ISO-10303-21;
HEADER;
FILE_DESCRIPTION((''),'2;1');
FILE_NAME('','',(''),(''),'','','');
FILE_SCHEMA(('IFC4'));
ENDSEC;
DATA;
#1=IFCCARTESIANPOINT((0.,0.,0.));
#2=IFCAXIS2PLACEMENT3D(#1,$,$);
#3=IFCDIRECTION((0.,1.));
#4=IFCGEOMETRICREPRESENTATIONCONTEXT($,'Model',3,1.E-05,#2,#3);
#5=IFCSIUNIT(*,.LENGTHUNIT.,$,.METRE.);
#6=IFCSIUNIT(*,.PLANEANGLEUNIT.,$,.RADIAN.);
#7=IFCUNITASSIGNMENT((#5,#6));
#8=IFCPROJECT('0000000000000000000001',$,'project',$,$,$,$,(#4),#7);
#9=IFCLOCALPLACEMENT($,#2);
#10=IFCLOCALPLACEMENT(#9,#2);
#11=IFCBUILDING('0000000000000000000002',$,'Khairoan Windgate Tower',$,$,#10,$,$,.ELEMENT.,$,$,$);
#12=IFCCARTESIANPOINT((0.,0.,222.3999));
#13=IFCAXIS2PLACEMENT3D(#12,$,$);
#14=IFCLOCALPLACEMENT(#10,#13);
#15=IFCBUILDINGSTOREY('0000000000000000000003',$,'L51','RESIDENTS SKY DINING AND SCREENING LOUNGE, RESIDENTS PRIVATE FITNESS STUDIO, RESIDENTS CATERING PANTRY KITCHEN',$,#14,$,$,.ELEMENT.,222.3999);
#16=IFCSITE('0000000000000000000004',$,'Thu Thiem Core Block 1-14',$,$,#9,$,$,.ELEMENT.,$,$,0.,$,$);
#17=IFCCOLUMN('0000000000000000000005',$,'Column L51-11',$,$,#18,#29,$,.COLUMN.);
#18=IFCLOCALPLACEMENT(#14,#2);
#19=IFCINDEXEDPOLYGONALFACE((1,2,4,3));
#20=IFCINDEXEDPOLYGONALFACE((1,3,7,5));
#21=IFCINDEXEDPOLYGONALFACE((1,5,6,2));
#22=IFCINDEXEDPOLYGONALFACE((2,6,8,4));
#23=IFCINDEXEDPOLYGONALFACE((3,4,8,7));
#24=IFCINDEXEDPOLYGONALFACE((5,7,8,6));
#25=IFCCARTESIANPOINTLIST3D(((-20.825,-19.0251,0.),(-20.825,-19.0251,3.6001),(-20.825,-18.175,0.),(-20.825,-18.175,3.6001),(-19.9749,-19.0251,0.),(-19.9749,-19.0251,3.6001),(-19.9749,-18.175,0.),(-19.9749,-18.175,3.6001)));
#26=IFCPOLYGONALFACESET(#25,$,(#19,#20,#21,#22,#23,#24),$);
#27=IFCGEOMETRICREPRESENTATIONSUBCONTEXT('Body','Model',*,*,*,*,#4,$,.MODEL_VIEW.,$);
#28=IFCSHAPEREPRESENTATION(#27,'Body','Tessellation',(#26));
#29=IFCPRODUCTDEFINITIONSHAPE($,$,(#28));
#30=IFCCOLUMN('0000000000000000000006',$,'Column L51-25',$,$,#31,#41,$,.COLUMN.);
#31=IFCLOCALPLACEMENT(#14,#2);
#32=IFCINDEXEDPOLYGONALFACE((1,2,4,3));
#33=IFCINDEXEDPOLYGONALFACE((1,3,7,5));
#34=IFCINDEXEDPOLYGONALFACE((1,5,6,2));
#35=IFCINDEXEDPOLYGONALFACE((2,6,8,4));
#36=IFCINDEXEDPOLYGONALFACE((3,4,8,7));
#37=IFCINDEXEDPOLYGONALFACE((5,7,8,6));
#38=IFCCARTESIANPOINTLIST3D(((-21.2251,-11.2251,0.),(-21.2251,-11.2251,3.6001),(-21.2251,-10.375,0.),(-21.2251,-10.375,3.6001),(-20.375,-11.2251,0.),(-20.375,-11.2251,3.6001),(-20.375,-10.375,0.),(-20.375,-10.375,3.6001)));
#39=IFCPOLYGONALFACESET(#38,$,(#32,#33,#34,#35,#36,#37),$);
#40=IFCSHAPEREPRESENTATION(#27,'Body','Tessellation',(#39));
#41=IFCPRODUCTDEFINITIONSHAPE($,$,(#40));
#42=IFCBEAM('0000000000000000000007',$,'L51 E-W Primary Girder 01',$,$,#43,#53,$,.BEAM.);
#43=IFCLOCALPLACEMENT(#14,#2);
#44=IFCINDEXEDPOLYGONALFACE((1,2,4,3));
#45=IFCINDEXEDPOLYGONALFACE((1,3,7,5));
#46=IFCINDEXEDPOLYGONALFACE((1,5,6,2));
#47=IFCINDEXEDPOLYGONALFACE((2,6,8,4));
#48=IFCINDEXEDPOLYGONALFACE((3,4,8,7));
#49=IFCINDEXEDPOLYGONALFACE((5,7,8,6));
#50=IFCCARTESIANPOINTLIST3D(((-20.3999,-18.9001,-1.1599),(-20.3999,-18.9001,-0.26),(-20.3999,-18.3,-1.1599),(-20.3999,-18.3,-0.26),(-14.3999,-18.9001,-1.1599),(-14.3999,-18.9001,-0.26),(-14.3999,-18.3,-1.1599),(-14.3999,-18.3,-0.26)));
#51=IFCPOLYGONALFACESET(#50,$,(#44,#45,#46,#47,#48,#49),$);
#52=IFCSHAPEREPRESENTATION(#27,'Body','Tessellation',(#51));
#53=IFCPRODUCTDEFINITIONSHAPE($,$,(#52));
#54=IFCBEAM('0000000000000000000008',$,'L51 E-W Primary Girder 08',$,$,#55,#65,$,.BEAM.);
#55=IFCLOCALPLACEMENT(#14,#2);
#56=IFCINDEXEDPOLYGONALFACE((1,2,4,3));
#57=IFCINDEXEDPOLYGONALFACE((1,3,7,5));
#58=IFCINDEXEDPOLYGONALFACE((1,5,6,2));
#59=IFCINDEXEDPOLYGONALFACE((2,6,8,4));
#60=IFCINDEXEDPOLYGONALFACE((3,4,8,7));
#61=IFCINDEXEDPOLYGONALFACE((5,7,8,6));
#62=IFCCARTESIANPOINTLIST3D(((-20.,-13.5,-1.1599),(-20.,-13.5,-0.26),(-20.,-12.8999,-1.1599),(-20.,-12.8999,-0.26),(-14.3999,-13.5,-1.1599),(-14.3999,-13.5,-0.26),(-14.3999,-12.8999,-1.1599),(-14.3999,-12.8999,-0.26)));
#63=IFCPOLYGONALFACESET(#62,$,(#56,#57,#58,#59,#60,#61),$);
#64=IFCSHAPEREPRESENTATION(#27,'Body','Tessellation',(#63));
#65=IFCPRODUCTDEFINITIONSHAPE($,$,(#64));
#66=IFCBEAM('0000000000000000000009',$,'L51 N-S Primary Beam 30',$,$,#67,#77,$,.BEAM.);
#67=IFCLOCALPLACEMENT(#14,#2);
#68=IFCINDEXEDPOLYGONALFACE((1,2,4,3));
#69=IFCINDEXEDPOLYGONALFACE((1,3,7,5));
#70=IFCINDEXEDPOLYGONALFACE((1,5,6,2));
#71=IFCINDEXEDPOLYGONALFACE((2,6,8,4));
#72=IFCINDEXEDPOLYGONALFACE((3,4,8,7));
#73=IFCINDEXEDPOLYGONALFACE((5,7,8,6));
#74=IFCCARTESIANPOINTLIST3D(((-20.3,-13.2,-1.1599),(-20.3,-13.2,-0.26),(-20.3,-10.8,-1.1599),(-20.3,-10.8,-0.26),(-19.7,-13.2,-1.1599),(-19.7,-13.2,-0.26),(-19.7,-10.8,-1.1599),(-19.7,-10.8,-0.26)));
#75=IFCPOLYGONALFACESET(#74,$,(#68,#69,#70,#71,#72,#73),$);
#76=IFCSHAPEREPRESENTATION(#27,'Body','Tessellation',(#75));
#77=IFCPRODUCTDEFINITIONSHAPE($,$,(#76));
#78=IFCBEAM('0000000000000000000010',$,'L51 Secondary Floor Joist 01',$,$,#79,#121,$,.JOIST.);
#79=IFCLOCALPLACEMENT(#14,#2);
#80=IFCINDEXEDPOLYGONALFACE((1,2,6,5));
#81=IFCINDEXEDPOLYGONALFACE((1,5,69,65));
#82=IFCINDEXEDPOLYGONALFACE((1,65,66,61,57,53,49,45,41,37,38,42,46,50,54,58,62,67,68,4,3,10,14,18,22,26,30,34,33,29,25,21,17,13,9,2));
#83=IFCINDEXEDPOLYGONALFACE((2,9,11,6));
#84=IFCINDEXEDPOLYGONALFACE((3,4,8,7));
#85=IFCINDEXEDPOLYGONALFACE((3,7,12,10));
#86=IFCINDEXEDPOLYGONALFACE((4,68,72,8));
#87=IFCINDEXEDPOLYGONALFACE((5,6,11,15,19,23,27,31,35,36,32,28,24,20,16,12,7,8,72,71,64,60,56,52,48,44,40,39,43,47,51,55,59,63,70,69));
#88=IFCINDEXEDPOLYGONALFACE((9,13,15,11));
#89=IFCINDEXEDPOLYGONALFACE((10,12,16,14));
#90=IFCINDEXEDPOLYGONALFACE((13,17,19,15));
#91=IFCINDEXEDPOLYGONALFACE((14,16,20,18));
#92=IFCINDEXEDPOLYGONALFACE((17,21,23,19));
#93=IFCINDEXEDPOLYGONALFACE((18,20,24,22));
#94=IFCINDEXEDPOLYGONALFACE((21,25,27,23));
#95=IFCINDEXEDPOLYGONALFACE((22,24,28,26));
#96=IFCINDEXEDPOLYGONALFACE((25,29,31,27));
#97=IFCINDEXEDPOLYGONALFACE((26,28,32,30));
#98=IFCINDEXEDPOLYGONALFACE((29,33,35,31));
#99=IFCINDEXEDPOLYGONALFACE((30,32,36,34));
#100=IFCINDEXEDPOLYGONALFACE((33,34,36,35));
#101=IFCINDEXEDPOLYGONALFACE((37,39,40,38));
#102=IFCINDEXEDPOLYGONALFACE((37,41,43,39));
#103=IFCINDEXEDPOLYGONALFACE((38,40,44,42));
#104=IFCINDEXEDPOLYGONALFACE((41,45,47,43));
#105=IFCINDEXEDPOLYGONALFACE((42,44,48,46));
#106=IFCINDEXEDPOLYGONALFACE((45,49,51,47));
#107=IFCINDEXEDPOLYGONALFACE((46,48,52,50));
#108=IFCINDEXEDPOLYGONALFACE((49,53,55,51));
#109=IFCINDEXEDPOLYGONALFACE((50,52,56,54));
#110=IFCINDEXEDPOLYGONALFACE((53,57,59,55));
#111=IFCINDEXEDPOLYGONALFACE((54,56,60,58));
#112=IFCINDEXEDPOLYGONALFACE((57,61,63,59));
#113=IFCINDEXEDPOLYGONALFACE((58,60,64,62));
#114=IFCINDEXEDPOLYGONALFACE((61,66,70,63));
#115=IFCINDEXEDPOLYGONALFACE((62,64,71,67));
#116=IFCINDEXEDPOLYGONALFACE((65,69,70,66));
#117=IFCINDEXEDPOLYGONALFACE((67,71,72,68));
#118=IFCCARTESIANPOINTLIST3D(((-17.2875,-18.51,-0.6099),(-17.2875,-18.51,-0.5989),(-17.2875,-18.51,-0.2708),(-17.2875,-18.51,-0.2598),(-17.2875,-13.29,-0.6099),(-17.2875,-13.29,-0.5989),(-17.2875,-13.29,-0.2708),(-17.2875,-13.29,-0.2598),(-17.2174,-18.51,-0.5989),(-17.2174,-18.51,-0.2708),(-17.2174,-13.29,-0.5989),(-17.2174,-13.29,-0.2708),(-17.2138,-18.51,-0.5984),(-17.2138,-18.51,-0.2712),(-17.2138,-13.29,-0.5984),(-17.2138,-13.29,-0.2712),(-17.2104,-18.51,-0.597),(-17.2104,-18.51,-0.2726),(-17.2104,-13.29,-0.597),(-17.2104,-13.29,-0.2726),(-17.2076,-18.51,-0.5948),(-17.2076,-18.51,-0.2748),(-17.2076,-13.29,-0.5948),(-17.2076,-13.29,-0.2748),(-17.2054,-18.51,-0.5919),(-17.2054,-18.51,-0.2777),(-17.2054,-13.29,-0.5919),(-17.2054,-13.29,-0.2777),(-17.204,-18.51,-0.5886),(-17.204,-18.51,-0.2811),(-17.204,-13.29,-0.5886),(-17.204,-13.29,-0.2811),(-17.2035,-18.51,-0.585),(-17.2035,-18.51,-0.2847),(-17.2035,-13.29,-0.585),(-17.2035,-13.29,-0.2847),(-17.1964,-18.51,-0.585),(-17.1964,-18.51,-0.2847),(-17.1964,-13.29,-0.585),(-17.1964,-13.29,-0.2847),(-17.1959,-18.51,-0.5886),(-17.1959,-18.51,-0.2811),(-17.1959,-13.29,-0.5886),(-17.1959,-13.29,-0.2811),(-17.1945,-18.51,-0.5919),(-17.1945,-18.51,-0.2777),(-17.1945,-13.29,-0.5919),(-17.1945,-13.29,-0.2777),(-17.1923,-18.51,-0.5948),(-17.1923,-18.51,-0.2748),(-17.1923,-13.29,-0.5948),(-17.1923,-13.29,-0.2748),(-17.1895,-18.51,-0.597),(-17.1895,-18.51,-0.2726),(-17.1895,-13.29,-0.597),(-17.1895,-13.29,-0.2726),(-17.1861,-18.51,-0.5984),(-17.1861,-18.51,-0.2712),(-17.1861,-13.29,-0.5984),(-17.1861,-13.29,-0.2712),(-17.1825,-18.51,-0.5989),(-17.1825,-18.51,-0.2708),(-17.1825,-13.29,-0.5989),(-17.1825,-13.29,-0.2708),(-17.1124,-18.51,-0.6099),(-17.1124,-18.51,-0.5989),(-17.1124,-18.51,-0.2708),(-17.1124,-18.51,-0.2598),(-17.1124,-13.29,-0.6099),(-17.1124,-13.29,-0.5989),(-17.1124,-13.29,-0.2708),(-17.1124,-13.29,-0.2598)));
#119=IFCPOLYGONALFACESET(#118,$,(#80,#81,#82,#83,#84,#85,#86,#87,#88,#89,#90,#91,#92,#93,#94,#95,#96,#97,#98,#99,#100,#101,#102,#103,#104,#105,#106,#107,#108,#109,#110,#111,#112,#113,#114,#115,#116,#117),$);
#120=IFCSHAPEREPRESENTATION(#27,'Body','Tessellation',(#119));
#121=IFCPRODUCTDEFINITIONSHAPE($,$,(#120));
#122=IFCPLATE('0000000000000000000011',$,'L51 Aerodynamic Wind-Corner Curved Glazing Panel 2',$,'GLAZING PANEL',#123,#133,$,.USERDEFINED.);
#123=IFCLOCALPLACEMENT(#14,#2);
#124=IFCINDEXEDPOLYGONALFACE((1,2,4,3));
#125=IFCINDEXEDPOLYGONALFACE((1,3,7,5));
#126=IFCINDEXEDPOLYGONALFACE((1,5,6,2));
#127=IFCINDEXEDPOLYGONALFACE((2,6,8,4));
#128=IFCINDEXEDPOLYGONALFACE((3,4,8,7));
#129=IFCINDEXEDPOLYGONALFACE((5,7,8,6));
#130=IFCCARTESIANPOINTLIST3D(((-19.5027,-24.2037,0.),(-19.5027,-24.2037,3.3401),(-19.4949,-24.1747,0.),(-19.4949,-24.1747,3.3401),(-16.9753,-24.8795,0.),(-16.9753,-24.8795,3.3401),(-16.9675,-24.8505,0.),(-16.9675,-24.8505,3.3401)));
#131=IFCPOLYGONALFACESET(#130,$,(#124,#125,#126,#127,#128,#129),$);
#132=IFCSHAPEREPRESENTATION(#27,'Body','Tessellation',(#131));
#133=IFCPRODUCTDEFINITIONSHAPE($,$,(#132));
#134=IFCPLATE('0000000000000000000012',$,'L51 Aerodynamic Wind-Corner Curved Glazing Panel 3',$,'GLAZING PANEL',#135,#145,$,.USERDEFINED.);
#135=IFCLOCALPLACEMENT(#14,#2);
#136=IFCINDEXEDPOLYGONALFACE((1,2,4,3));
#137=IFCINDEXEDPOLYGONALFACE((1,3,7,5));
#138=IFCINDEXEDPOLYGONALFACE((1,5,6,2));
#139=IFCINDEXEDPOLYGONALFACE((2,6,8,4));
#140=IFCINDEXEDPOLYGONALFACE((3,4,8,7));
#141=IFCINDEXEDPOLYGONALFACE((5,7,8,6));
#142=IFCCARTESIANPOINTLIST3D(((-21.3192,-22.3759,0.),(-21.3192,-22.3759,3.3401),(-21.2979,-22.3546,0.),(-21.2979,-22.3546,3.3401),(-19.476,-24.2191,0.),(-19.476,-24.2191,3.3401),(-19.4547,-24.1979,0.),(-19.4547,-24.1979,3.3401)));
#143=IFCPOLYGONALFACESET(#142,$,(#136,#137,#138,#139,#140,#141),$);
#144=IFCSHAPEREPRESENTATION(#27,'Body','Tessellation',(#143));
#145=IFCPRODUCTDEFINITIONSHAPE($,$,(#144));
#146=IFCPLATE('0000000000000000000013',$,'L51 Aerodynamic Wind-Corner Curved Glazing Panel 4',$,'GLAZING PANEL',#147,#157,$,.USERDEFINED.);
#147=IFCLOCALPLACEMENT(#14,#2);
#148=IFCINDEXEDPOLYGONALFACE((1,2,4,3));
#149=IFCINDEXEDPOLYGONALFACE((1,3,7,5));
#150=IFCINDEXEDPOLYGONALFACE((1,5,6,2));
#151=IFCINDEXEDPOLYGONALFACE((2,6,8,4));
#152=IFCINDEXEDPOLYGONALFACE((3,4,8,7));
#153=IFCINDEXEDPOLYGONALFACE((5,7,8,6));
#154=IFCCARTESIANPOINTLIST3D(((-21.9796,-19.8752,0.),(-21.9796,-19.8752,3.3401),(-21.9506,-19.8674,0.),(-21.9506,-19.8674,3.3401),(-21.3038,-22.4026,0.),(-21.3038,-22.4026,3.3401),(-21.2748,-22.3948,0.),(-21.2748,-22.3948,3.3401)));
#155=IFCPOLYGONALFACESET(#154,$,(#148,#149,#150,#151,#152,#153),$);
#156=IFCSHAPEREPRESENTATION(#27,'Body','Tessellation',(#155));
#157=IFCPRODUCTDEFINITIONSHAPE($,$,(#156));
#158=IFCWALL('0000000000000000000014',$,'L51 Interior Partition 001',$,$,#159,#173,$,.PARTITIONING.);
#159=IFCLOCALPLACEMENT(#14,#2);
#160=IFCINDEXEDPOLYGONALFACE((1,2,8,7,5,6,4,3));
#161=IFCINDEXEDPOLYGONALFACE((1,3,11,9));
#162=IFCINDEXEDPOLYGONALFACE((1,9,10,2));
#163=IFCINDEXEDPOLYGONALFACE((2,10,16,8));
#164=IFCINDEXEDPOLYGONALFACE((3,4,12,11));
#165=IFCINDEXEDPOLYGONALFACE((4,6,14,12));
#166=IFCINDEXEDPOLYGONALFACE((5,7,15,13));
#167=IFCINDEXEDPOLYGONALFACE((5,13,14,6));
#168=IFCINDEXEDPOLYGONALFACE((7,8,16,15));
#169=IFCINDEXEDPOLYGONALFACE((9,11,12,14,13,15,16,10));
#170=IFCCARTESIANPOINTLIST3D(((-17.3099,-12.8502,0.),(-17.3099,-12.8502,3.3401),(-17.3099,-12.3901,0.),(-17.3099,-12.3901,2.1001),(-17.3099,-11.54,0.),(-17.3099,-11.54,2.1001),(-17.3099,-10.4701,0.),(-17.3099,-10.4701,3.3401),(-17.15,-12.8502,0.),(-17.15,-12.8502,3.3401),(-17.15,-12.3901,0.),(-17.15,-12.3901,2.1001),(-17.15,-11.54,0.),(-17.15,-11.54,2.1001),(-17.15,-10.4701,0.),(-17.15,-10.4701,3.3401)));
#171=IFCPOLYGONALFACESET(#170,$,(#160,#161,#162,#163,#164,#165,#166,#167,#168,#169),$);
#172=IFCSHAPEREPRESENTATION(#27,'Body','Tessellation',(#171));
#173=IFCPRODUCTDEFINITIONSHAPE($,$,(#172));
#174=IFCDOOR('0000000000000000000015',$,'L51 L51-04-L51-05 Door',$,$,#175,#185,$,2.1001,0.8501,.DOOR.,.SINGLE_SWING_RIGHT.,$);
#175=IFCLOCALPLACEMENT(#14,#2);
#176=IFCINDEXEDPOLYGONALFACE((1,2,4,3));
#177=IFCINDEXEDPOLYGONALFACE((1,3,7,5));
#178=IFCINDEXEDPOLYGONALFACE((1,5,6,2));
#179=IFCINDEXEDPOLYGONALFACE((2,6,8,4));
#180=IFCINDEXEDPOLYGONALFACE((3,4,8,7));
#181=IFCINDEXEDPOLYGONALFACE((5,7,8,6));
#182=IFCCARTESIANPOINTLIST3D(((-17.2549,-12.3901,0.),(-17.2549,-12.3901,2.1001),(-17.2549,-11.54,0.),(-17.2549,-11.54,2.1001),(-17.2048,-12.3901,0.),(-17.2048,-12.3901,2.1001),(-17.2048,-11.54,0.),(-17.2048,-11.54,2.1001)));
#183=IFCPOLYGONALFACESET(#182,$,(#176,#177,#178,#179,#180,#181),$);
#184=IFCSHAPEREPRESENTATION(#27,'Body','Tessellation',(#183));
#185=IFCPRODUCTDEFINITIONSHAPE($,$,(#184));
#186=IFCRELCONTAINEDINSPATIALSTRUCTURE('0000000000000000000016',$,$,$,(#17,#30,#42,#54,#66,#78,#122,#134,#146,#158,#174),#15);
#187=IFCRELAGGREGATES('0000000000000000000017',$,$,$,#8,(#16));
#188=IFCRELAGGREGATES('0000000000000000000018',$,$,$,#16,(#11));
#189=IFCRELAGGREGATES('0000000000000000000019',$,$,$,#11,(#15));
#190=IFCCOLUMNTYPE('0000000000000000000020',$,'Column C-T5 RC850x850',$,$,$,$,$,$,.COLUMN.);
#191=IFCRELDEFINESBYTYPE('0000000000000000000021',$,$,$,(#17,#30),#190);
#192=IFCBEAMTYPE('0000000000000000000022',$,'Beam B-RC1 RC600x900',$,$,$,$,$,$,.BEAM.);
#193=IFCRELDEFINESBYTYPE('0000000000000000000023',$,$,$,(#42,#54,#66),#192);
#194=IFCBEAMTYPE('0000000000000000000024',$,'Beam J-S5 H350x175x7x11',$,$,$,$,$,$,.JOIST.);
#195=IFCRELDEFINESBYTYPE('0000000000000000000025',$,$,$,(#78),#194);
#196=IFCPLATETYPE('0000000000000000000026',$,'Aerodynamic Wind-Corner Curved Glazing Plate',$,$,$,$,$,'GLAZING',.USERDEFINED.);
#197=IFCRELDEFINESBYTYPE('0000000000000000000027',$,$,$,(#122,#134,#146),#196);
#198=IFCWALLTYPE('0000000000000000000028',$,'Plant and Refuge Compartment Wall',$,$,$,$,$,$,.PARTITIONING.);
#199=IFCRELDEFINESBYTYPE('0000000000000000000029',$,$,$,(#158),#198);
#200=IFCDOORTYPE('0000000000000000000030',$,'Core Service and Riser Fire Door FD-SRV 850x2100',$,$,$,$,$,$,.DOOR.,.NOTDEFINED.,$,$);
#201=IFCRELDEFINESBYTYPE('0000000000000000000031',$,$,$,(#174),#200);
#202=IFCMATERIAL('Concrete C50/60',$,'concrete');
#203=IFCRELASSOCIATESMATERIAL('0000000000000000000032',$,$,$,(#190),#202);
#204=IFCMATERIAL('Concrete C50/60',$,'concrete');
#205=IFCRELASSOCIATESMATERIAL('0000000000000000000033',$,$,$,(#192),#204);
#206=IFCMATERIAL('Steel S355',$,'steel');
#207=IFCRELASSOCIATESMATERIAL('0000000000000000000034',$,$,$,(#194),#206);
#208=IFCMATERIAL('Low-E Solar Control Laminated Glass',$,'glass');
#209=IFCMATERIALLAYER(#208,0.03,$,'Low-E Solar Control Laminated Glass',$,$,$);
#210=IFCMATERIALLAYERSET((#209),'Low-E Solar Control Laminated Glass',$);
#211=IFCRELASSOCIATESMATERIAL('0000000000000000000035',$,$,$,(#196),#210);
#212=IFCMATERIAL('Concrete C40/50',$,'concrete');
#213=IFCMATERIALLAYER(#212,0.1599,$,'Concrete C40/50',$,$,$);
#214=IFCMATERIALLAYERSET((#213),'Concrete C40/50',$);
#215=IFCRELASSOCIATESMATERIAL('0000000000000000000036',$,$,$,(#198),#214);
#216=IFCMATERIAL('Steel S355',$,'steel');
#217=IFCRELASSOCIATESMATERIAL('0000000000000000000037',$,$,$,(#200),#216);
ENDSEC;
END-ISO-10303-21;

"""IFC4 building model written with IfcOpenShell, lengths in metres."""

from ifc_helpers import new_model, si_unit, direction, frame, frame_2d, origin, origin_2d, place, context, subcontext, project, spatial, rectangle, i_section, extrude, material, layer, layer_set, material_profile, profile_set, type_object, element, fill, save


model = new_model("IFC4")

# Units and contexts
model_context = context("Model", 3, precision=1e-05, world=origin(), true_north=direction((0.0, 1.0)))
body_context = subcontext(model_context, "Body", "Model", "MODEL_VIEW")
ifc_project = project(units=[si_unit("LENGTHUNIT", "METRE"), si_unit("PLANEANGLEUNIT", "RADIAN")], contexts=[model_context])

# Site, building, storey
site_placement = place(None, origin())
site = spatial("IfcSite", under=ifc_project, at=site_placement, Name="Thu Thiem Core Block 1-14", CompositionType="ELEMENT", RefElevation=0.0)
building_placement = place(site_placement, origin())
building = spatial("IfcBuilding", under=site, at=building_placement, Name="Khairoan Windgate Tower", CompositionType="ELEMENT")
storey_placement = place(building_placement, frame((0.0, 0.0, 222.3999)))
storey = spatial("IfcBuildingStorey", under=building, at=storey_placement, Name="L51", Description="RESIDENTS SKY DINING AND SCREENING LOUNGE, RESIDENTS PRIVATE FITNESS STUDIO, RESIDENTS CATERING PANTRY KITCHEN", CompositionType="ELEMENT", Elevation=222.3999)

# Columns
ifc_material_1 = material(Name="Concrete C50/60", Category="concrete")
ifc_material_profile_1 = material_profile(ifc_material_1, rectangle(XDim=0.8501, YDim=0.8501, at=origin_2d()))
ifc_profile_set_1 = profile_set([ifc_material_profile_1], Name="Concrete C50/60")
column_type = type_object("IfcColumnType", Name="Column C-T5 RC850x850", PredefinedType="COLUMN", material=ifc_profile_set_1)
for number, where, z_axis, x_axis, name in (
    (1, (-20.3999, -18.6001, 0.0), (0.0, 0.0, 1.0), (1.0, 0.0, 0.0), "Column L51-11"),
    (2, (-20.8, -10.8, 0.0), (0.0, 0.0, 1.0), (1.0, 0.0, 0.0), "Column L51-25"),
):
    element("IfcColumn", number, at=place(storey_placement, frame(where, z_axis=z_axis, x_axis=x_axis)), inside=storey, type_object=column_type, Name=name, PredefinedType="COLUMN", context=body_context, shape_type="SweptSolid", body=[
        extrude(rectangle(XDim=0.8501, YDim=0.8501, at=origin_2d()), origin(), (0.0, 0.0, 1.0), 3.6001),
    ])

# Beams
ifc_material_2 = material(Name="Concrete C50/60", Category="concrete")
ifc_material_profile_2 = material_profile(ifc_material_2, rectangle(XDim=0.6001, YDim=0.8999, at=origin_2d()))
ifc_profile_set_2 = profile_set([ifc_material_profile_2], Name="Concrete C50/60")
beam_type_1 = type_object("IfcBeamType", Name="Beam B-RC1 RC600x900", PredefinedType="BEAM", material=ifc_profile_set_2)
beam_1_placement = place(storey_placement, frame((-20.3999, -18.6001, -0.71), z_axis=(1.0, 0.0, 0.0), x_axis=(0.0, 1.0, 0.0)))
element("IfcBeam", 3, at=beam_1_placement, inside=storey, type_object=beam_type_1, Name="L51 E-W Primary Girder 01", PredefinedType="BEAM", context=body_context, shape_type="SweptSolid", body=[
    extrude(rectangle(XDim=0.6001, YDim=0.8999, at=origin_2d()), origin(), (0.0, 0.0, 1.0), 6.0),
])
beam_2_placement = place(storey_placement, frame((-20.0, -13.2, -0.71), z_axis=(1.0, 0.0, 0.0), x_axis=(0.0, 1.0, 0.0)))
element("IfcBeam", 4, at=beam_2_placement, inside=storey, type_object=beam_type_1, Name="L51 E-W Primary Girder 08", PredefinedType="BEAM", context=body_context, shape_type="SweptSolid", body=[
    extrude(rectangle(XDim=0.6001, YDim=0.8999, at=origin_2d()), origin(), (0.0, 0.0, 1.0), 5.6001),
])
beam_3_placement = place(storey_placement, frame((-20.0, -13.2, -0.71), z_axis=(0.0, 1.0, 0.0), x_axis=(-1.0, 0.0, 0.0)))
element("IfcBeam", 5, at=beam_3_placement, inside=storey, type_object=beam_type_1, Name="L51 N-S Primary Beam 30", PredefinedType="BEAM", context=body_context, shape_type="SweptSolid", body=[
    extrude(rectangle(XDim=0.6001, YDim=0.8999, at=origin_2d()), origin(), (0.0, 0.0, 1.0), 2.3999),
])
ifc_material_3 = material(Name="Steel S355", Category="steel")
ifc_material_profile_3 = material_profile(ifc_material_3, i_section(OverallWidth=0.175, OverallDepth=0.3501, WebThickness=0.0071, FlangeThickness=0.011, FilletRadius=0.0139, at=origin_2d()))
ifc_profile_set_3 = profile_set([ifc_material_profile_3], Name="Steel S355")
beam_type_2 = type_object("IfcBeamType", Name="Beam J-S5 H350x175x7x11", PredefinedType="JOIST", material=ifc_profile_set_3)
beam_4_placement = place(storey_placement, frame((-17.2, -18.51, -0.4348), z_axis=(0.0, 1.0, 0.0), x_axis=(-1.0, 0.0, 0.0)))
element("IfcBeam", 6, at=beam_4_placement, inside=storey, type_object=beam_type_2, Name="L51 Secondary Floor Joist 01", PredefinedType="JOIST", context=body_context, shape_type="SweptSolid", body=[
    extrude(i_section(OverallWidth=0.175, OverallDepth=0.3501, WebThickness=0.0071, FlangeThickness=0.011, FilletRadius=0.0139, at=origin_2d()), origin(), (0.0, 0.0, 1.0), 5.22),
])

# Plates
ifc_material_4 = material(Name="Low-E Solar Control Laminated Glass", Category="glass")
ifc_layer_1 = layer(ifc_material_4, 0.03, Name="Low-E Solar Control Laminated Glass")
ifc_layer_set_1 = layer_set([ifc_layer_1], Name="Low-E Solar Control Laminated Glass")
plate_type_1 = type_object("IfcPlateType", Name="Aerodynamic Wind-Corner Curved Glazing Plate", ElementType="GLAZING", PredefinedType="USERDEFINED", material=ifc_layer_set_1)
plate_1_placement = place(storey_placement, frame((-18.2351, -24.5271, 0.0), z_axis=(0.0, 0.0, 1.0), x_axis=(-0.966061, 0.258313, 0.0)))
element("IfcPlate", 7, at=plate_1_placement, inside=storey, type_object=plate_type_1, Name="L51 Aerodynamic Wind-Corner Curved Glazing Panel 2", ObjectType="GLAZING PANEL", PredefinedType="USERDEFINED", context=body_context, shape_type="SweptSolid", body=[
    extrude(rectangle(XDim=2.6162, YDim=0.03, at=origin_2d()), origin(), (0.0, 0.0, 1.0), 3.3401),
])
plate_2_placement = place(storey_placement, frame((-20.387, -23.2869, 0.0), z_axis=(0.0, 0.0, 1.0), x_axis=(-0.707107, 0.707107, 0.0)))
element("IfcPlate", 8, at=plate_2_placement, inside=storey, type_object=plate_type_1, Name="L51 Aerodynamic Wind-Corner Curved Glazing Panel 3", ObjectType="GLAZING PANEL", PredefinedType="USERDEFINED", context=body_context, shape_type="SweptSolid", body=[
    extrude(rectangle(XDim=2.6067, YDim=0.03, at=origin_2d()), origin(), (0.0, 0.0, 1.0), 3.3401),
])
plate_3_placement = place(storey_placement, frame((-21.6272, -21.135, 0.0), z_axis=(0.0, 0.0, 1.0), x_axis=(-0.258313, 0.966061, 0.0)))
element("IfcPlate", 9, at=plate_3_placement, inside=storey, type_object=plate_type_1, Name="L51 Aerodynamic Wind-Corner Curved Glazing Panel 4", ObjectType="GLAZING PANEL", PredefinedType="USERDEFINED", context=body_context, shape_type="SweptSolid", body=[
    extrude(rectangle(XDim=2.6162, YDim=0.03, at=origin_2d()), origin(), (0.0, 0.0, 1.0), 3.3401),
])

# Wall, opening, door
ifc_material_5 = material(Name="Concrete C40/50", Category="concrete")
ifc_layer_2 = layer(ifc_material_5, 0.1599, Name="Concrete C40/50")
ifc_layer_set_2 = layer_set([ifc_layer_2], Name="Concrete C40/50")
wall_type_1 = type_object("IfcWallType", Name="Plant and Refuge Compartment Wall", PredefinedType="PARTITIONING", material=ifc_layer_set_2)
wall_1_placement = place(storey_placement, frame((-17.23, -12.8501, 0.0), z_axis=(0.0, 0.0, 1.0), x_axis=(0.0, 1.0, 0.0)))
wall_1 = element("IfcWall", 10, at=wall_1_placement, inside=storey, type_object=wall_type_1, Name="L51 Interior Partition 001", PredefinedType="PARTITIONING", context=body_context, shape_type="SweptSolid", body=[
    extrude(rectangle(XDim=2.3801, YDim=0.1599, at=frame_2d((1.1899, 0.0))), origin(), (0.0, 0.0, 1.0), 3.3401),
])
opening_1_placement = place(wall_1_placement, frame((0.46, 0.0, 0.0)))
opening_1 = element("IfcOpeningElement", 11, at=opening_1_placement, cuts=wall_1, PredefinedType="OPENING", context=body_context, shape_type="SweptSolid", body=[
    extrude(rectangle(XDim=0.8501, YDim=2.1001, at=frame_2d((0.425, 1.05))), frame((0.0, 0.0898, 0.0), z_axis=(0.0, -1.0, 0.0), x_axis=(1.0, 0.0, 0.0)), (0.0, 0.0, 1.0), 0.1799),
])
ifc_material_6 = material(Name="Steel S355", Category="steel")
door_type_1 = type_object("IfcDoorType", Name="Core Service and Riser Fire Door FD-SRV 850x2100", OperationType="NOTDEFINED", PredefinedType="DOOR", material=ifc_material_6)
door_1_placement = place(opening_1_placement, origin())
door_1 = element("IfcDoor", 12, at=door_1_placement, inside=storey, type_object=door_type_1, Name="L51 L51-04-L51-05 Door", OperationType="SINGLE_SWING_RIGHT", OverallHeight=2.1001, OverallWidth=0.8501, PredefinedType="DOOR", context=body_context, shape_type="SweptSolid", body=[
    extrude(rectangle(XDim=0.8501, YDim=2.1001, at=frame_2d((0.425, 1.05))), frame((0.0, 0.0249, 0.0), z_axis=(0.0, -1.0, 0.0), x_axis=(1.0, 0.0, 0.0)), (0.0, 0.0, 1.0), 0.05),
])
fill(opening_1, door_1)

save(model, "model.ifc")
